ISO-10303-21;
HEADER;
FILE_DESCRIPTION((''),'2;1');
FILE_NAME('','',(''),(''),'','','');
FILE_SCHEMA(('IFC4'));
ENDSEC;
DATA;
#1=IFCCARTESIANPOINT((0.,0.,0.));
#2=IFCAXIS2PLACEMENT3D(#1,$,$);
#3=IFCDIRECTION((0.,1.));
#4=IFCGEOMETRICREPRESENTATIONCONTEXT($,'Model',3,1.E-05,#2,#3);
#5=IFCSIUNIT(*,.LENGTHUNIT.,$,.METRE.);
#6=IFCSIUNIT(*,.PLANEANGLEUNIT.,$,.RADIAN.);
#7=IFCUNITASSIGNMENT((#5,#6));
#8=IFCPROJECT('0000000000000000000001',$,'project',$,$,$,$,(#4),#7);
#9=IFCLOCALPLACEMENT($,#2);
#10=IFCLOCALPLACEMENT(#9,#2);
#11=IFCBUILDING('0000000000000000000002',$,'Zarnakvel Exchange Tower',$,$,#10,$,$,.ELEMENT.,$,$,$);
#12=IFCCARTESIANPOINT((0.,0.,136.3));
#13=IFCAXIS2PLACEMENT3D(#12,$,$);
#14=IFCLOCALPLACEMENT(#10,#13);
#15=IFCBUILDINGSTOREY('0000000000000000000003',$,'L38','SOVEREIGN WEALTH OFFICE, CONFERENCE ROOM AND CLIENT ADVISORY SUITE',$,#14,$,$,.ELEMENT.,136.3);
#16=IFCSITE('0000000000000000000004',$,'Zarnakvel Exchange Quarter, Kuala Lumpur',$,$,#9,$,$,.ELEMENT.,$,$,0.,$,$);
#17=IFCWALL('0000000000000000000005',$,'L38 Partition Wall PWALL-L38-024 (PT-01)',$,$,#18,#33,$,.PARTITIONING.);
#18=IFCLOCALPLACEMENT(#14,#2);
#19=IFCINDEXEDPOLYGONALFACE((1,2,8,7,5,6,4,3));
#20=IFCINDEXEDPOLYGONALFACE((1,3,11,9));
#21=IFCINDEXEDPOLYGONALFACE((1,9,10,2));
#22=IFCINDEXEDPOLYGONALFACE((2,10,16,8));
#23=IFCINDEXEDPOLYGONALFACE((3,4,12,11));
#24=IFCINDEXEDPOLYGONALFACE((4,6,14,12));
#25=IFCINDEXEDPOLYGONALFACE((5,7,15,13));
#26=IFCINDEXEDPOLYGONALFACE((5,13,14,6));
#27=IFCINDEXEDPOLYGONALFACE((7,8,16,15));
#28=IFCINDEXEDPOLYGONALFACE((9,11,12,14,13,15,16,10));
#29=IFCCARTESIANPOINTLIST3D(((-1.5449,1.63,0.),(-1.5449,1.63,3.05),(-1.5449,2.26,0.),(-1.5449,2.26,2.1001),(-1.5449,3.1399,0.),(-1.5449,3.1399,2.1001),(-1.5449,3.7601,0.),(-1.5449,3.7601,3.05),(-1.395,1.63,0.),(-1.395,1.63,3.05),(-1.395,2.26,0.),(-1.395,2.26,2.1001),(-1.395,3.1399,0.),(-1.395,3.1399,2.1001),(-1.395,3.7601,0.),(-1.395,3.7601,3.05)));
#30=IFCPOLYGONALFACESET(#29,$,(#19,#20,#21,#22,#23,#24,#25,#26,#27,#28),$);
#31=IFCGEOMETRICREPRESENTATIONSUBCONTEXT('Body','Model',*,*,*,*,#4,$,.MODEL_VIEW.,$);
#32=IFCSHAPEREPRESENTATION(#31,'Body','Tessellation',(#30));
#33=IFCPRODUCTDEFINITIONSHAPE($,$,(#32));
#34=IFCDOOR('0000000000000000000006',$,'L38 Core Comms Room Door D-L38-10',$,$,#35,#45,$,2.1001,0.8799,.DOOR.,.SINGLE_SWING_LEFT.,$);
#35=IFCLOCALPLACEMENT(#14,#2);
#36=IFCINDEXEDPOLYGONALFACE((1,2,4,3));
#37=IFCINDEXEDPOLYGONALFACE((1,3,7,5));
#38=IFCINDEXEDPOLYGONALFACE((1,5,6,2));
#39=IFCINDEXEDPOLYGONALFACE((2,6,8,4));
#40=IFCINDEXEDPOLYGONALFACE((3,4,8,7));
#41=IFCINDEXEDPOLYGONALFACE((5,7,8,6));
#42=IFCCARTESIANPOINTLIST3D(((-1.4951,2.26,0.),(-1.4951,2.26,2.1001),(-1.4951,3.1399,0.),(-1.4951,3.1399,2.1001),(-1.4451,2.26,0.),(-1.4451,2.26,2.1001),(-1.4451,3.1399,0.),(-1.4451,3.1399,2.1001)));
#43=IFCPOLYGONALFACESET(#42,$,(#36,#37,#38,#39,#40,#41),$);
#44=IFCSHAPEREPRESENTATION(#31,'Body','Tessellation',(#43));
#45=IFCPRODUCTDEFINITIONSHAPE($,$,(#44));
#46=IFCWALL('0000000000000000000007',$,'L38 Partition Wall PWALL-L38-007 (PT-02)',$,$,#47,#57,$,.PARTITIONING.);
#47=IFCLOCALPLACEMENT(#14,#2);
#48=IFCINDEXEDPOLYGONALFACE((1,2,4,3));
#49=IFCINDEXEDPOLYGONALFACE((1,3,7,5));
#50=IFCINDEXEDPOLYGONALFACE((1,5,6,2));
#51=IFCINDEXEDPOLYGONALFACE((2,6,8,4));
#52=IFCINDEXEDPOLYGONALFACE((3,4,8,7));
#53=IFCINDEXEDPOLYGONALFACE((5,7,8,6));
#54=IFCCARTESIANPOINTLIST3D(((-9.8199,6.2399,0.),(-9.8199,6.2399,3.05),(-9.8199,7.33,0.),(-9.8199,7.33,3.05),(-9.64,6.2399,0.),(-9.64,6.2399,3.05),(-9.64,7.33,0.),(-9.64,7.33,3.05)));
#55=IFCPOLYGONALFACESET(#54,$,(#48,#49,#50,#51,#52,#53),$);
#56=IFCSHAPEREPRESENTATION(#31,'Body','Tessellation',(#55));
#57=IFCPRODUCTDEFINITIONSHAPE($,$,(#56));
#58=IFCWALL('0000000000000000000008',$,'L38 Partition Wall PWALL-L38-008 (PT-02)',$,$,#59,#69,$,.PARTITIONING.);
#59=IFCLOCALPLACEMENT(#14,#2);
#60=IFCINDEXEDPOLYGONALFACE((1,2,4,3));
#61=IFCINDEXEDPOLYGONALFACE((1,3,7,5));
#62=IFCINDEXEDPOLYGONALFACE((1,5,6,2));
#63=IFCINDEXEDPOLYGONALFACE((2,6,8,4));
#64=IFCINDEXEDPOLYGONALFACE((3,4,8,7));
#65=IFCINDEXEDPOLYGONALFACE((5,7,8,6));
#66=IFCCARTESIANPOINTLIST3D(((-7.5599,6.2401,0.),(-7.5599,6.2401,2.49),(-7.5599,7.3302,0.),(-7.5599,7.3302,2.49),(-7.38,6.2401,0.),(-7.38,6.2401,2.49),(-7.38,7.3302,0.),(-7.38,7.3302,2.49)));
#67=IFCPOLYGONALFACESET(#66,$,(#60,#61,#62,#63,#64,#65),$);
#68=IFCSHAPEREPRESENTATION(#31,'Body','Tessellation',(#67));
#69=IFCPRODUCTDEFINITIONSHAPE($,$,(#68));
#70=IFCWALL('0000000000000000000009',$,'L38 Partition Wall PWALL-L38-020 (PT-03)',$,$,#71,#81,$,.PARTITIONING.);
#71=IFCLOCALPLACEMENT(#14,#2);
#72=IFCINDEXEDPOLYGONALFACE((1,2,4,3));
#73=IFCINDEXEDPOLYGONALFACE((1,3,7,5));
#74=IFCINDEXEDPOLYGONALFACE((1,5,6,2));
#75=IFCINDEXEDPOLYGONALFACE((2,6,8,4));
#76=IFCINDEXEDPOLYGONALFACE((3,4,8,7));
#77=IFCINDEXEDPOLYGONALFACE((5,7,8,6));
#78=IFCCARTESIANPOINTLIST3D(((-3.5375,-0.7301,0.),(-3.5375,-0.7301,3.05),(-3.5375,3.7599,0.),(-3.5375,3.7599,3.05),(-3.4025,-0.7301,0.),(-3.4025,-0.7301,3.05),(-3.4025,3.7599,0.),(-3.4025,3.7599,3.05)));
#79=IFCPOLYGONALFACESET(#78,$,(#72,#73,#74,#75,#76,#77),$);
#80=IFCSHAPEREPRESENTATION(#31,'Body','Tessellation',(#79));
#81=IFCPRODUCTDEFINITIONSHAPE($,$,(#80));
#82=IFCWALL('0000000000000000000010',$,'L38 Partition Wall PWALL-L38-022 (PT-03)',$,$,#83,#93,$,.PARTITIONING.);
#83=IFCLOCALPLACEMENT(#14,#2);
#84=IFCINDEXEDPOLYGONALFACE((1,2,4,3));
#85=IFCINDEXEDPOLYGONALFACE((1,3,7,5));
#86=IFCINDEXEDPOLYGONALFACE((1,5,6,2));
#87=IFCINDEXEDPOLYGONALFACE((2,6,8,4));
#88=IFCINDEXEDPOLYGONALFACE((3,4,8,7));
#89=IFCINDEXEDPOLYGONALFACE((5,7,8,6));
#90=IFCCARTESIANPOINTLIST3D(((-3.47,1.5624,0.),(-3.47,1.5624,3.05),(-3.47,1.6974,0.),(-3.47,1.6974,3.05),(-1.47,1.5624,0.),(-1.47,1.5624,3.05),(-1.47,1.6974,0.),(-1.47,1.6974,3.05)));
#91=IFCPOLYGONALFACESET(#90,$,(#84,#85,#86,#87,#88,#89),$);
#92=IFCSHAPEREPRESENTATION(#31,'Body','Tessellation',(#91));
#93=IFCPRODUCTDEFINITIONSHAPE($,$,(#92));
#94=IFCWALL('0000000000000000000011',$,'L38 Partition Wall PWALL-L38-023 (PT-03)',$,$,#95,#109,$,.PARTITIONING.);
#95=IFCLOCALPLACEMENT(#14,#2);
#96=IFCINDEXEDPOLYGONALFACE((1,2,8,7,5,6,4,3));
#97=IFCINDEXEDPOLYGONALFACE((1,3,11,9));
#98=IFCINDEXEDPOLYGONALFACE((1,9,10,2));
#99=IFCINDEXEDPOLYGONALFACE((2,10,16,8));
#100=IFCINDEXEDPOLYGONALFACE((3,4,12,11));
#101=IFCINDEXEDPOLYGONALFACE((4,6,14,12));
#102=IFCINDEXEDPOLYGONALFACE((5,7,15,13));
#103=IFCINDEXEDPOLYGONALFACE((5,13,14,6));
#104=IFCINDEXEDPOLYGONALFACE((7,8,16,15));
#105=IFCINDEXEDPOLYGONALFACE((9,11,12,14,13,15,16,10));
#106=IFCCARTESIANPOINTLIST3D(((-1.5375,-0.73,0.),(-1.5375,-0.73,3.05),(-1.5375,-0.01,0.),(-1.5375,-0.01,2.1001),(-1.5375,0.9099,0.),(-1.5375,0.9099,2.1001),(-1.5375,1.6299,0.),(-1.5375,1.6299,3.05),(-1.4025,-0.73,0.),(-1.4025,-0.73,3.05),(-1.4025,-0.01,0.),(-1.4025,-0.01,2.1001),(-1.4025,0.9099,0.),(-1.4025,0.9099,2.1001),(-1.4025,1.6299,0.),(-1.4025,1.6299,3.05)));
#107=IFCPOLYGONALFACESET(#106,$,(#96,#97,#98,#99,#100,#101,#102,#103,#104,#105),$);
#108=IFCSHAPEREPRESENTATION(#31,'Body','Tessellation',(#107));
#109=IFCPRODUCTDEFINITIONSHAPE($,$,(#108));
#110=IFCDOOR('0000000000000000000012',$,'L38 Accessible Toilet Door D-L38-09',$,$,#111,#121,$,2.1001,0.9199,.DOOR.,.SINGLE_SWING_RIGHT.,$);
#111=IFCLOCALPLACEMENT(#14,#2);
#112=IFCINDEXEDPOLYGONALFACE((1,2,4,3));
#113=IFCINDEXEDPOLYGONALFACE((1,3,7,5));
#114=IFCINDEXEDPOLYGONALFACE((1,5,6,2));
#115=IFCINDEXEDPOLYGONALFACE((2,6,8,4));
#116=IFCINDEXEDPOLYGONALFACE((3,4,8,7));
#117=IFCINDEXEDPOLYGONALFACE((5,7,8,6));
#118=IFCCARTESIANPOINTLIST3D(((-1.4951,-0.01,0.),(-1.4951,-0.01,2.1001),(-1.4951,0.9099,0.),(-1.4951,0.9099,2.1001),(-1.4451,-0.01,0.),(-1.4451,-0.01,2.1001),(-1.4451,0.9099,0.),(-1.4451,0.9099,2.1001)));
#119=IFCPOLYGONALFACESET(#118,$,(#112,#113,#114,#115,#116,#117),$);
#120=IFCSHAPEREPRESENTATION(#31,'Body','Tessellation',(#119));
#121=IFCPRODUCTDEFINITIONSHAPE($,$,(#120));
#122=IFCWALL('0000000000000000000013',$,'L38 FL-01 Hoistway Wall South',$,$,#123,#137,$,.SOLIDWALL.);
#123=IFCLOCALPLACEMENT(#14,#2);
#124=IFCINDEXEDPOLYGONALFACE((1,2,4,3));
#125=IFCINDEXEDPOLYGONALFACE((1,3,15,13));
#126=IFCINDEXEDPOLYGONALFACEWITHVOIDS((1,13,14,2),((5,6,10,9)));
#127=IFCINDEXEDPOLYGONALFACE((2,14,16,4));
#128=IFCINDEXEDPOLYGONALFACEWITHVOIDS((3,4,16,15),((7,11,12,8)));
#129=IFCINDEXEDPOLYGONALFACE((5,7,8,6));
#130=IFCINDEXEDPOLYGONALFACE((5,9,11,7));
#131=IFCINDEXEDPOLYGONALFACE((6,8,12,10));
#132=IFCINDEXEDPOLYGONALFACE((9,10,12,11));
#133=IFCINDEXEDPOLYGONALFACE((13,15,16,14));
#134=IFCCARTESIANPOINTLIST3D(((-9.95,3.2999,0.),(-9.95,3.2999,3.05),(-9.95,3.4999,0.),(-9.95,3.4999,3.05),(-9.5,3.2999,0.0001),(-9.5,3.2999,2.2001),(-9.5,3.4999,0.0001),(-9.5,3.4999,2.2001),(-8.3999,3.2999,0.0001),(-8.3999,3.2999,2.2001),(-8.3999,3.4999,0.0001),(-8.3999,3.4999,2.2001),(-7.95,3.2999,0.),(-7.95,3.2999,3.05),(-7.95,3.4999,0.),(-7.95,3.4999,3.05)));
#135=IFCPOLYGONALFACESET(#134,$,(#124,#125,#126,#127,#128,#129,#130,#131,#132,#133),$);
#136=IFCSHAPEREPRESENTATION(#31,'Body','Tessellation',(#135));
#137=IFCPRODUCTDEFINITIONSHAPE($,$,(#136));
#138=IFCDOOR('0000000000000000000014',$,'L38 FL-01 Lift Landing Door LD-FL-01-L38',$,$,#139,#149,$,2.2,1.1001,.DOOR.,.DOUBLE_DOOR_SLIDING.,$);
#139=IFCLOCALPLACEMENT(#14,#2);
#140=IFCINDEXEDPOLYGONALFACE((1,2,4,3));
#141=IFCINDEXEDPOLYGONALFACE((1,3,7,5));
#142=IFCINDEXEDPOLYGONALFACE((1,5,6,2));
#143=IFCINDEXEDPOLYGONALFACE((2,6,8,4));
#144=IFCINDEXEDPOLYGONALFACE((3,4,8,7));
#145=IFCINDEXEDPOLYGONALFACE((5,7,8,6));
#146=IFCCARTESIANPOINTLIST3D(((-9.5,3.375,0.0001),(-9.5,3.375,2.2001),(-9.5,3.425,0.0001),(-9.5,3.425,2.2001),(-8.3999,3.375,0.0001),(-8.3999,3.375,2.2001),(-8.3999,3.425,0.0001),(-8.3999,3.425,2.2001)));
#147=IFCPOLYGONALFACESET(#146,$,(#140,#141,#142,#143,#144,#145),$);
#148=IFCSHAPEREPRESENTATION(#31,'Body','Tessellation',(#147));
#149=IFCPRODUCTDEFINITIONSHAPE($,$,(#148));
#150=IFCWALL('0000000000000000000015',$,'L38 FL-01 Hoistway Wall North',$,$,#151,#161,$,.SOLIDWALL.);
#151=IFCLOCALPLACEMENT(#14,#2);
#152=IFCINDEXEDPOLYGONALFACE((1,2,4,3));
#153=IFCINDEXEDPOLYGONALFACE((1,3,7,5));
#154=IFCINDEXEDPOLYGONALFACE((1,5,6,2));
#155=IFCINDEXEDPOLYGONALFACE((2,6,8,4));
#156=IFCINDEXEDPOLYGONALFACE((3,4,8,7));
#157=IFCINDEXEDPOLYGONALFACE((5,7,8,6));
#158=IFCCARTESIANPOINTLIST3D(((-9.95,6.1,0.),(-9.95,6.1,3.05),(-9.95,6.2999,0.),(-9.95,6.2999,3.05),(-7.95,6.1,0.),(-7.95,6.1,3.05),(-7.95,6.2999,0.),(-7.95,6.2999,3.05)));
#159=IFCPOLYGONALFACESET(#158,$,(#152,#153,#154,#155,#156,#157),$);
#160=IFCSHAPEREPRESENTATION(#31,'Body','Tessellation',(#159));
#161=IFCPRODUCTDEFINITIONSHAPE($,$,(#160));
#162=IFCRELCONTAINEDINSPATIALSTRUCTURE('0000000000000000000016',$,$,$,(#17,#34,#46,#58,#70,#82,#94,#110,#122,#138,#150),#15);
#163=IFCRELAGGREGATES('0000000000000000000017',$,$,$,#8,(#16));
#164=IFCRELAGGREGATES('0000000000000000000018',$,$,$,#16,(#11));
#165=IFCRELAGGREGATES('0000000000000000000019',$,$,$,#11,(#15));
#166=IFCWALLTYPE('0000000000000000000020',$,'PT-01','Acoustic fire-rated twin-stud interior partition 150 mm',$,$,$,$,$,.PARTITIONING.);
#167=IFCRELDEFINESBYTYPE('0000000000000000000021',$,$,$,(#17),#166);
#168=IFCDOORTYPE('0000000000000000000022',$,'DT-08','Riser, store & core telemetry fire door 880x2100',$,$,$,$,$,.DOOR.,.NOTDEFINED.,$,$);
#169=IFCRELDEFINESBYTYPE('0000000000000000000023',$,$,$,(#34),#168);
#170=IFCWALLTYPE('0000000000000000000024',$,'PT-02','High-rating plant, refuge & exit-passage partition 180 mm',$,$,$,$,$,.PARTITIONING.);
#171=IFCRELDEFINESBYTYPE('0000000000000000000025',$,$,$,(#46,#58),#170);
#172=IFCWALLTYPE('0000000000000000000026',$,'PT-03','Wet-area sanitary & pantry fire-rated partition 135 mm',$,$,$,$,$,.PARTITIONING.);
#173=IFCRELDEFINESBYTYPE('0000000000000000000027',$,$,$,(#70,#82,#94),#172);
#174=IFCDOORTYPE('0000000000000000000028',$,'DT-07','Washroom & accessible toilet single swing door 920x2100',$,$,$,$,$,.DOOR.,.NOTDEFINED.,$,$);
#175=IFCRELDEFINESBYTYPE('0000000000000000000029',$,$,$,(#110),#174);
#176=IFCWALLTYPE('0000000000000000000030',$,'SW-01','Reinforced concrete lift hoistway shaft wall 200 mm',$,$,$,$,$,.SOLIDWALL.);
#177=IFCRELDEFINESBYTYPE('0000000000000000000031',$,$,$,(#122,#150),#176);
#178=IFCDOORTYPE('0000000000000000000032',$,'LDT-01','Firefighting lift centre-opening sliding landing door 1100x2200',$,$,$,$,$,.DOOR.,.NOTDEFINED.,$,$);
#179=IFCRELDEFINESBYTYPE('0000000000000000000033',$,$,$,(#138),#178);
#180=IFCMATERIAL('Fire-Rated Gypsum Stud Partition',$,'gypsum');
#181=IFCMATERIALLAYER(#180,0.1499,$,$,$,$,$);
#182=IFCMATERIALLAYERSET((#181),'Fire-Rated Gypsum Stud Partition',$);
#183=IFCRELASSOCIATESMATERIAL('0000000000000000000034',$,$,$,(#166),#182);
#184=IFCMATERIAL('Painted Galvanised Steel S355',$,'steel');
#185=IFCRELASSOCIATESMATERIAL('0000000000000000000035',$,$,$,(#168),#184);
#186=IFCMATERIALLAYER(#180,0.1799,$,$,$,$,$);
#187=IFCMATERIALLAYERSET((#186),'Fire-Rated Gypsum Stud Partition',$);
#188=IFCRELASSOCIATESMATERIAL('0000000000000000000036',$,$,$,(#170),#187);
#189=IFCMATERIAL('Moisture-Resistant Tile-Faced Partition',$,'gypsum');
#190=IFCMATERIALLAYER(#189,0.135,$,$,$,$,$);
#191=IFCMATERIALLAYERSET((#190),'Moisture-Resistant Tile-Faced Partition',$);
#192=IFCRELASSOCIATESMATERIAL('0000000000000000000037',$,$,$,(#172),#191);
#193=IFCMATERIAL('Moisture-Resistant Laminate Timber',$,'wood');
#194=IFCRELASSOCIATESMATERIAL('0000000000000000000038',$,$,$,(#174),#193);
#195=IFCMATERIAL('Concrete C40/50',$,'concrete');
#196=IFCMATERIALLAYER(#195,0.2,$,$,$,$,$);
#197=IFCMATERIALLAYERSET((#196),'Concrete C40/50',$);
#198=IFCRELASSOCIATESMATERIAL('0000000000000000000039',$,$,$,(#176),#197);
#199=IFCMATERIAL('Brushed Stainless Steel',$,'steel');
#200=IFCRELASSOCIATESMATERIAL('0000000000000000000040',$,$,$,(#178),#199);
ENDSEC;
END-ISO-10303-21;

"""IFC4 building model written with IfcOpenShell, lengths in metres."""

from ifc_helpers import new_model, si_unit, direction, frame, frame_2d, origin, place, context, subcontext, project, spatial, rectangle, extrude, source, transform, mapped, material, layer, layer_set, type_object, element, fill, save


model = new_model("IFC4")

# Units and contexts
model_context = context("Model", 3, precision=1e-05, world=origin(), true_north=direction((0.0, 1.0)))
body_context = subcontext(model_context, "Body", "Model", "MODEL_VIEW")
ifc_project = project(units=[si_unit("LENGTHUNIT", "METRE"), si_unit("PLANEANGLEUNIT", "RADIAN")], contexts=[model_context])

# Site, building, storey
site_placement = place(None, origin())
site = spatial("IfcSite", under=ifc_project, at=site_placement, Name="Zarnakvel Exchange Quarter, Kuala Lumpur", CompositionType="ELEMENT", RefElevation=0.0)
building_placement = place(site_placement, origin())
building = spatial("IfcBuilding", under=site, at=building_placement, Name="Zarnakvel Exchange Tower", CompositionType="ELEMENT")
storey_placement = place(building_placement, frame((0.0, 0.0, 136.3)))
storey = spatial("IfcBuildingStorey", under=building, at=storey_placement, Name="L38", Description="SOVEREIGN WEALTH OFFICE, CONFERENCE ROOM AND CLIENT ADVISORY SUITE", CompositionType="ELEMENT", Elevation=136.3)

# Wall, opening, door
ifc_material_1 = material(Name="Fire-Rated Gypsum Stud Partition", Category="gypsum")
ifc_layer_1 = layer(ifc_material_1, 0.1499)
ifc_layer_set_1 = layer_set([ifc_layer_1], Name="Fire-Rated Gypsum Stud Partition")
wall_type_1 = type_object("IfcWallType", Name="PT-01", Description="Acoustic fire-rated twin-stud interior partition 150 mm", PredefinedType="PARTITIONING", material=ifc_layer_set_1)
wall_1_placement = place(storey_placement, frame((-1.47, 3.76, 0.0), z_axis=(0.0, 0.0, 1.0), x_axis=(0.0, -1.0, 0.0)))
wall_1 = element("IfcWall", 1, at=wall_1_placement, inside=storey, type_object=wall_type_1, Name="L38 Partition Wall PWALL-L38-024 (PT-01)", PredefinedType="PARTITIONING", context=body_context, shape_type="SweptSolid", body=[
    extrude(rectangle(XDim=2.1301, YDim=0.1499, at=frame_2d((1.0649, 0.0))), origin(), (0.0, 0.0, 1.0), 3.05),
])
opening_1_placement = place(wall_1_placement, frame((0.6201, 0.0, 0.0)))
opening_1 = element("IfcOpeningElement", 2, at=opening_1_placement, cuts=wall_1, PredefinedType="OPENING", context=body_context, shape_type="SweptSolid", body=[
    extrude(rectangle(XDim=0.8799, YDim=2.1001, at=frame_2d((0.4399, 1.05))), frame((0.0, 0.085, 0.0), z_axis=(0.0, -1.0, 0.0), x_axis=(1.0, 0.0, 0.0)), (0.0, 0.0, 1.0), 0.1699),
])
ifc_material_2 = material(Name="Painted Galvanised Steel S355", Category="steel")
door_type_1 = type_object("IfcDoorType", Name="DT-08", Description="Riser, store & core telemetry fire door 880x2100", OperationType="NOTDEFINED", PredefinedType="DOOR", material=ifc_material_2)
shared_shape_1 = source(origin(), body_context, "Body", "SweptSolid", [
    extrude(rectangle(XDim=0.8799, YDim=2.1001, at=frame_2d((0.4399, 1.05))), frame((0.0, 0.0249, 0.0), z_axis=(0.0, -1.0, 0.0), x_axis=(1.0, 0.0, 0.0)), (0.0, 0.0, 1.0), 0.05),
])
door_1_placement = place(opening_1_placement, origin())
door_1 = element("IfcDoor", 3, at=door_1_placement, inside=storey, type_object=door_type_1, Name="L38 Core Comms Room Door D-L38-10", OperationType="SINGLE_SWING_LEFT", OverallHeight=2.1001, OverallWidth=0.8799, PredefinedType="DOOR", context=body_context, shape_type="MappedRepresentation", body=[
    mapped(shared_shape_1, transform((0.0, 0.0, 0.0), x_axis=(1.0, 0.0, 0.0), y_axis=(0.0, 1.0, 0.0), z_axis=(0.0, 0.0, 1.0), scale=1.0)),
])
fill(opening_1, door_1)

# Walls
ifc_layer_2 = layer(ifc_material_1, 0.1799)
ifc_layer_set_2 = layer_set([ifc_layer_2], Name="Fire-Rated Gypsum Stud Partition")
wall_type_2 = type_object("IfcWallType", Name="PT-02", Description="High-rating plant, refuge & exit-passage partition 180 mm", PredefinedType="PARTITIONING", material=ifc_layer_set_2)
wall_2_placement = place(storey_placement, frame((-9.73, 6.24, 0.0), z_axis=(0.0, 0.0, 1.0), x_axis=(0.0, 1.0, 0.0)))
element("IfcWall", 4, at=wall_2_placement, inside=storey, type_object=wall_type_2, Name="L38 Partition Wall PWALL-L38-007 (PT-02)", PredefinedType="PARTITIONING", context=body_context, shape_type="SweptSolid", body=[
    extrude(rectangle(XDim=1.0901, YDim=0.1799, at=frame_2d((0.5449, 0.0))), origin(), (0.0, 0.0, 1.0), 3.05),
])
wall_3_placement = place(storey_placement, frame((-7.47, 7.3301, 0.0), z_axis=(0.0, 0.0, 1.0), x_axis=(0.0, -1.0, 0.0)))
element("IfcWall", 5, at=wall_3_placement, inside=storey, type_object=wall_type_2, Name="L38 Partition Wall PWALL-L38-008 (PT-02)", PredefinedType="PARTITIONING", context=body_context, shape_type="SweptSolid", body=[
    extrude(rectangle(XDim=1.0901, YDim=0.1799, at=frame_2d((0.5449, 0.0))), origin(), (0.0, 0.0, 1.0), 2.49),
])
ifc_material_3 = material(Name="Moisture-Resistant Tile-Faced Partition", Category="gypsum")
ifc_layer_3 = layer(ifc_material_3, 0.135)
ifc_layer_set_3 = layer_set([ifc_layer_3], Name="Moisture-Resistant Tile-Faced Partition")
wall_type_3 = type_object("IfcWallType", Name="PT-03", Description="Wet-area sanitary & pantry fire-rated partition 135 mm", PredefinedType="PARTITIONING", material=ifc_layer_set_3)
wall_4_placement = place(storey_placement, frame((-3.47, 3.76, 0.0), z_axis=(0.0, 0.0, 1.0), x_axis=(0.0, -1.0, 0.0)))
element("IfcWall", 6, at=wall_4_placement, inside=storey, type_object=wall_type_3, Name="L38 Partition Wall PWALL-L38-020 (PT-03)", PredefinedType="PARTITIONING", context=body_context, shape_type="SweptSolid", body=[
    extrude(rectangle(XDim=4.49, YDim=0.135, at=frame_2d((2.2451, 0.0))), origin(), (0.0, 0.0, 1.0), 3.05),
])
wall_5_placement = place(storey_placement, frame((-3.47, 1.6299, 0.0), z_axis=(0.0, 0.0, 1.0), x_axis=(1.0, 0.0, 0.0)))
element("IfcWall", 7, at=wall_5_placement, inside=storey, type_object=wall_type_3, Name="L38 Partition Wall PWALL-L38-022 (PT-03)", PredefinedType="PARTITIONING", context=body_context, shape_type="SweptSolid", body=[
    extrude(rectangle(XDim=2.0, YDim=0.135, at=frame_2d((1.0, 0.0))), origin(), (0.0, 0.0, 1.0), 3.05),
])

# Walls, openings, doors
wall_6_placement = place(storey_placement, frame((-1.47, 1.6299, 0.0), z_axis=(0.0, 0.0, 1.0), x_axis=(0.0, -1.0, 0.0)))
wall_6 = element("IfcWall", 8, at=wall_6_placement, inside=storey, type_object=wall_type_3, Name="L38 Partition Wall PWALL-L38-023 (PT-03)", PredefinedType="PARTITIONING", context=body_context, shape_type="SweptSolid", body=[
    extrude(rectangle(XDim=2.3599, YDim=0.135, at=frame_2d((1.1799, 0.0))), origin(), (0.0, 0.0, 1.0), 3.05),
])
opening_2_placement = place(wall_6_placement, frame((0.72, 0.0, 0.0)))
opening_2 = element("IfcOpeningElement", 9, at=opening_2_placement, cuts=wall_6, PredefinedType="OPENING", context=body_context, shape_type="SweptSolid", body=[
    extrude(rectangle(XDim=0.9199, YDim=2.1001, at=frame_2d((0.46, 1.05))), frame((0.0, 0.0774, 0.0), z_axis=(0.0, -1.0, 0.0), x_axis=(1.0, 0.0, 0.0)), (0.0, 0.0, 1.0), 0.155),
])
ifc_material_4 = material(Name="Moisture-Resistant Laminate Timber", Category="wood")
door_type_2 = type_object("IfcDoorType", Name="DT-07", Description="Washroom & accessible toilet single swing door 920x2100", OperationType="NOTDEFINED", PredefinedType="DOOR", material=ifc_material_4)
shared_shape_2 = source(origin(), body_context, "Body", "SweptSolid", [
    extrude(rectangle(XDim=0.9199, YDim=2.1001, at=frame_2d((0.46, 1.05))), frame((0.0, 0.0249, 0.0), z_axis=(0.0, -1.0, 0.0), x_axis=(1.0, 0.0, 0.0)), (0.0, 0.0, 1.0), 0.05),
])
door_2_placement = place(opening_2_placement, origin())
door_2 = element("IfcDoor", 10, at=door_2_placement, inside=storey, type_object=door_type_2, Name="L38 Accessible Toilet Door D-L38-09", OperationType="SINGLE_SWING_RIGHT", OverallHeight=2.1001, OverallWidth=0.9199, PredefinedType="DOOR", context=body_context, shape_type="MappedRepresentation", body=[
    mapped(shared_shape_2, transform((0.0, 0.0, 0.0), x_axis=(1.0, 0.0, 0.0), y_axis=(0.0, 1.0, 0.0), z_axis=(0.0, 0.0, 1.0), scale=1.0)),
])
fill(opening_2, door_2)
ifc_material_5 = material(Name="Concrete C40/50", Category="concrete")
ifc_layer_4 = layer(ifc_material_5, 0.2)
ifc_layer_set_4 = layer_set([ifc_layer_4], Name="Concrete C40/50")
wall_type_4 = type_object("IfcWallType", Name="SW-01", Description="Reinforced concrete lift hoistway shaft wall 200 mm", PredefinedType="SOLIDWALL", material=ifc_layer_set_4)
wall_7_placement = place(storey_placement, frame((-7.95, 3.3999, 0.0), z_axis=(0.0, 0.0, 1.0), x_axis=(-1.0, 0.0, 0.0)))
wall_7 = element("IfcWall", 11, at=wall_7_placement, inside=storey, type_object=wall_type_4, Name="L38 FL-01 Hoistway Wall South", PredefinedType="SOLIDWALL", context=body_context, shape_type="SweptSolid", body=[
    extrude(rectangle(XDim=2.0, YDim=0.2, at=frame_2d((1.0, 0.0))), origin(), (0.0, 0.0, 1.0), 3.05),
])
opening_3_placement = place(wall_7_placement, frame((0.45, 0.0, 0.0)))
opening_3 = element("IfcOpeningElement", 12, at=opening_3_placement, cuts=wall_7, PredefinedType="OPENING", context=body_context, shape_type="SweptSolid", body=[
    extrude(rectangle(XDim=1.1001, YDim=2.2, at=frame_2d((0.55, 1.1001))), frame((0.0, 0.1099, 0.0), z_axis=(0.0, -1.0, 0.0), x_axis=(1.0, 0.0, 0.0)), (0.0, 0.0, 1.0), 0.22),
])
ifc_material_6 = material(Name="Brushed Stainless Steel", Category="steel")
door_type_3 = type_object("IfcDoorType", Name="LDT-01", Description="Firefighting lift centre-opening sliding landing door 1100x2200", OperationType="NOTDEFINED", PredefinedType="DOOR", material=ifc_material_6)
shared_shape_3 = source(origin(), body_context, "Body", "SweptSolid", [
    extrude(rectangle(XDim=1.1001, YDim=2.2, at=frame_2d((0.55, 1.1001))), frame((0.0, 0.0249, 0.0), z_axis=(0.0, -1.0, 0.0), x_axis=(1.0, 0.0, 0.0)), (0.0, 0.0, 1.0), 0.05),
])
door_3_placement = place(opening_3_placement, origin())
door_3 = element("IfcDoor", 13, at=door_3_placement, inside=storey, type_object=door_type_3, Name="L38 FL-01 Lift Landing Door LD-FL-01-L38", OperationType="DOUBLE_DOOR_SLIDING", OverallHeight=2.2, OverallWidth=1.1001, PredefinedType="DOOR", context=body_context, shape_type="MappedRepresentation", body=[
    mapped(shared_shape_3, transform((0.0, 0.0, 0.0), x_axis=(1.0, 0.0, 0.0), y_axis=(0.0, 1.0, 0.0), z_axis=(0.0, 0.0, 1.0), scale=1.0)),
])
fill(opening_3, door_3)

# Wall
wall_8_placement = place(storey_placement, frame((-9.95, 6.2, 0.0), z_axis=(0.0, 0.0, 1.0), x_axis=(1.0, 0.0, 0.0)))
element("IfcWall", 14, at=wall_8_placement, inside=storey, type_object=wall_type_4, Name="L38 FL-01 Hoistway Wall North", PredefinedType="SOLIDWALL", context=body_context, shape_type="SweptSolid", body=[
    extrude(rectangle(XDim=2.0, YDim=0.2, at=frame_2d((1.0, 0.0))), origin(), (0.0, 0.0, 1.0), 3.05),
])

save(model, "model.ifc")
